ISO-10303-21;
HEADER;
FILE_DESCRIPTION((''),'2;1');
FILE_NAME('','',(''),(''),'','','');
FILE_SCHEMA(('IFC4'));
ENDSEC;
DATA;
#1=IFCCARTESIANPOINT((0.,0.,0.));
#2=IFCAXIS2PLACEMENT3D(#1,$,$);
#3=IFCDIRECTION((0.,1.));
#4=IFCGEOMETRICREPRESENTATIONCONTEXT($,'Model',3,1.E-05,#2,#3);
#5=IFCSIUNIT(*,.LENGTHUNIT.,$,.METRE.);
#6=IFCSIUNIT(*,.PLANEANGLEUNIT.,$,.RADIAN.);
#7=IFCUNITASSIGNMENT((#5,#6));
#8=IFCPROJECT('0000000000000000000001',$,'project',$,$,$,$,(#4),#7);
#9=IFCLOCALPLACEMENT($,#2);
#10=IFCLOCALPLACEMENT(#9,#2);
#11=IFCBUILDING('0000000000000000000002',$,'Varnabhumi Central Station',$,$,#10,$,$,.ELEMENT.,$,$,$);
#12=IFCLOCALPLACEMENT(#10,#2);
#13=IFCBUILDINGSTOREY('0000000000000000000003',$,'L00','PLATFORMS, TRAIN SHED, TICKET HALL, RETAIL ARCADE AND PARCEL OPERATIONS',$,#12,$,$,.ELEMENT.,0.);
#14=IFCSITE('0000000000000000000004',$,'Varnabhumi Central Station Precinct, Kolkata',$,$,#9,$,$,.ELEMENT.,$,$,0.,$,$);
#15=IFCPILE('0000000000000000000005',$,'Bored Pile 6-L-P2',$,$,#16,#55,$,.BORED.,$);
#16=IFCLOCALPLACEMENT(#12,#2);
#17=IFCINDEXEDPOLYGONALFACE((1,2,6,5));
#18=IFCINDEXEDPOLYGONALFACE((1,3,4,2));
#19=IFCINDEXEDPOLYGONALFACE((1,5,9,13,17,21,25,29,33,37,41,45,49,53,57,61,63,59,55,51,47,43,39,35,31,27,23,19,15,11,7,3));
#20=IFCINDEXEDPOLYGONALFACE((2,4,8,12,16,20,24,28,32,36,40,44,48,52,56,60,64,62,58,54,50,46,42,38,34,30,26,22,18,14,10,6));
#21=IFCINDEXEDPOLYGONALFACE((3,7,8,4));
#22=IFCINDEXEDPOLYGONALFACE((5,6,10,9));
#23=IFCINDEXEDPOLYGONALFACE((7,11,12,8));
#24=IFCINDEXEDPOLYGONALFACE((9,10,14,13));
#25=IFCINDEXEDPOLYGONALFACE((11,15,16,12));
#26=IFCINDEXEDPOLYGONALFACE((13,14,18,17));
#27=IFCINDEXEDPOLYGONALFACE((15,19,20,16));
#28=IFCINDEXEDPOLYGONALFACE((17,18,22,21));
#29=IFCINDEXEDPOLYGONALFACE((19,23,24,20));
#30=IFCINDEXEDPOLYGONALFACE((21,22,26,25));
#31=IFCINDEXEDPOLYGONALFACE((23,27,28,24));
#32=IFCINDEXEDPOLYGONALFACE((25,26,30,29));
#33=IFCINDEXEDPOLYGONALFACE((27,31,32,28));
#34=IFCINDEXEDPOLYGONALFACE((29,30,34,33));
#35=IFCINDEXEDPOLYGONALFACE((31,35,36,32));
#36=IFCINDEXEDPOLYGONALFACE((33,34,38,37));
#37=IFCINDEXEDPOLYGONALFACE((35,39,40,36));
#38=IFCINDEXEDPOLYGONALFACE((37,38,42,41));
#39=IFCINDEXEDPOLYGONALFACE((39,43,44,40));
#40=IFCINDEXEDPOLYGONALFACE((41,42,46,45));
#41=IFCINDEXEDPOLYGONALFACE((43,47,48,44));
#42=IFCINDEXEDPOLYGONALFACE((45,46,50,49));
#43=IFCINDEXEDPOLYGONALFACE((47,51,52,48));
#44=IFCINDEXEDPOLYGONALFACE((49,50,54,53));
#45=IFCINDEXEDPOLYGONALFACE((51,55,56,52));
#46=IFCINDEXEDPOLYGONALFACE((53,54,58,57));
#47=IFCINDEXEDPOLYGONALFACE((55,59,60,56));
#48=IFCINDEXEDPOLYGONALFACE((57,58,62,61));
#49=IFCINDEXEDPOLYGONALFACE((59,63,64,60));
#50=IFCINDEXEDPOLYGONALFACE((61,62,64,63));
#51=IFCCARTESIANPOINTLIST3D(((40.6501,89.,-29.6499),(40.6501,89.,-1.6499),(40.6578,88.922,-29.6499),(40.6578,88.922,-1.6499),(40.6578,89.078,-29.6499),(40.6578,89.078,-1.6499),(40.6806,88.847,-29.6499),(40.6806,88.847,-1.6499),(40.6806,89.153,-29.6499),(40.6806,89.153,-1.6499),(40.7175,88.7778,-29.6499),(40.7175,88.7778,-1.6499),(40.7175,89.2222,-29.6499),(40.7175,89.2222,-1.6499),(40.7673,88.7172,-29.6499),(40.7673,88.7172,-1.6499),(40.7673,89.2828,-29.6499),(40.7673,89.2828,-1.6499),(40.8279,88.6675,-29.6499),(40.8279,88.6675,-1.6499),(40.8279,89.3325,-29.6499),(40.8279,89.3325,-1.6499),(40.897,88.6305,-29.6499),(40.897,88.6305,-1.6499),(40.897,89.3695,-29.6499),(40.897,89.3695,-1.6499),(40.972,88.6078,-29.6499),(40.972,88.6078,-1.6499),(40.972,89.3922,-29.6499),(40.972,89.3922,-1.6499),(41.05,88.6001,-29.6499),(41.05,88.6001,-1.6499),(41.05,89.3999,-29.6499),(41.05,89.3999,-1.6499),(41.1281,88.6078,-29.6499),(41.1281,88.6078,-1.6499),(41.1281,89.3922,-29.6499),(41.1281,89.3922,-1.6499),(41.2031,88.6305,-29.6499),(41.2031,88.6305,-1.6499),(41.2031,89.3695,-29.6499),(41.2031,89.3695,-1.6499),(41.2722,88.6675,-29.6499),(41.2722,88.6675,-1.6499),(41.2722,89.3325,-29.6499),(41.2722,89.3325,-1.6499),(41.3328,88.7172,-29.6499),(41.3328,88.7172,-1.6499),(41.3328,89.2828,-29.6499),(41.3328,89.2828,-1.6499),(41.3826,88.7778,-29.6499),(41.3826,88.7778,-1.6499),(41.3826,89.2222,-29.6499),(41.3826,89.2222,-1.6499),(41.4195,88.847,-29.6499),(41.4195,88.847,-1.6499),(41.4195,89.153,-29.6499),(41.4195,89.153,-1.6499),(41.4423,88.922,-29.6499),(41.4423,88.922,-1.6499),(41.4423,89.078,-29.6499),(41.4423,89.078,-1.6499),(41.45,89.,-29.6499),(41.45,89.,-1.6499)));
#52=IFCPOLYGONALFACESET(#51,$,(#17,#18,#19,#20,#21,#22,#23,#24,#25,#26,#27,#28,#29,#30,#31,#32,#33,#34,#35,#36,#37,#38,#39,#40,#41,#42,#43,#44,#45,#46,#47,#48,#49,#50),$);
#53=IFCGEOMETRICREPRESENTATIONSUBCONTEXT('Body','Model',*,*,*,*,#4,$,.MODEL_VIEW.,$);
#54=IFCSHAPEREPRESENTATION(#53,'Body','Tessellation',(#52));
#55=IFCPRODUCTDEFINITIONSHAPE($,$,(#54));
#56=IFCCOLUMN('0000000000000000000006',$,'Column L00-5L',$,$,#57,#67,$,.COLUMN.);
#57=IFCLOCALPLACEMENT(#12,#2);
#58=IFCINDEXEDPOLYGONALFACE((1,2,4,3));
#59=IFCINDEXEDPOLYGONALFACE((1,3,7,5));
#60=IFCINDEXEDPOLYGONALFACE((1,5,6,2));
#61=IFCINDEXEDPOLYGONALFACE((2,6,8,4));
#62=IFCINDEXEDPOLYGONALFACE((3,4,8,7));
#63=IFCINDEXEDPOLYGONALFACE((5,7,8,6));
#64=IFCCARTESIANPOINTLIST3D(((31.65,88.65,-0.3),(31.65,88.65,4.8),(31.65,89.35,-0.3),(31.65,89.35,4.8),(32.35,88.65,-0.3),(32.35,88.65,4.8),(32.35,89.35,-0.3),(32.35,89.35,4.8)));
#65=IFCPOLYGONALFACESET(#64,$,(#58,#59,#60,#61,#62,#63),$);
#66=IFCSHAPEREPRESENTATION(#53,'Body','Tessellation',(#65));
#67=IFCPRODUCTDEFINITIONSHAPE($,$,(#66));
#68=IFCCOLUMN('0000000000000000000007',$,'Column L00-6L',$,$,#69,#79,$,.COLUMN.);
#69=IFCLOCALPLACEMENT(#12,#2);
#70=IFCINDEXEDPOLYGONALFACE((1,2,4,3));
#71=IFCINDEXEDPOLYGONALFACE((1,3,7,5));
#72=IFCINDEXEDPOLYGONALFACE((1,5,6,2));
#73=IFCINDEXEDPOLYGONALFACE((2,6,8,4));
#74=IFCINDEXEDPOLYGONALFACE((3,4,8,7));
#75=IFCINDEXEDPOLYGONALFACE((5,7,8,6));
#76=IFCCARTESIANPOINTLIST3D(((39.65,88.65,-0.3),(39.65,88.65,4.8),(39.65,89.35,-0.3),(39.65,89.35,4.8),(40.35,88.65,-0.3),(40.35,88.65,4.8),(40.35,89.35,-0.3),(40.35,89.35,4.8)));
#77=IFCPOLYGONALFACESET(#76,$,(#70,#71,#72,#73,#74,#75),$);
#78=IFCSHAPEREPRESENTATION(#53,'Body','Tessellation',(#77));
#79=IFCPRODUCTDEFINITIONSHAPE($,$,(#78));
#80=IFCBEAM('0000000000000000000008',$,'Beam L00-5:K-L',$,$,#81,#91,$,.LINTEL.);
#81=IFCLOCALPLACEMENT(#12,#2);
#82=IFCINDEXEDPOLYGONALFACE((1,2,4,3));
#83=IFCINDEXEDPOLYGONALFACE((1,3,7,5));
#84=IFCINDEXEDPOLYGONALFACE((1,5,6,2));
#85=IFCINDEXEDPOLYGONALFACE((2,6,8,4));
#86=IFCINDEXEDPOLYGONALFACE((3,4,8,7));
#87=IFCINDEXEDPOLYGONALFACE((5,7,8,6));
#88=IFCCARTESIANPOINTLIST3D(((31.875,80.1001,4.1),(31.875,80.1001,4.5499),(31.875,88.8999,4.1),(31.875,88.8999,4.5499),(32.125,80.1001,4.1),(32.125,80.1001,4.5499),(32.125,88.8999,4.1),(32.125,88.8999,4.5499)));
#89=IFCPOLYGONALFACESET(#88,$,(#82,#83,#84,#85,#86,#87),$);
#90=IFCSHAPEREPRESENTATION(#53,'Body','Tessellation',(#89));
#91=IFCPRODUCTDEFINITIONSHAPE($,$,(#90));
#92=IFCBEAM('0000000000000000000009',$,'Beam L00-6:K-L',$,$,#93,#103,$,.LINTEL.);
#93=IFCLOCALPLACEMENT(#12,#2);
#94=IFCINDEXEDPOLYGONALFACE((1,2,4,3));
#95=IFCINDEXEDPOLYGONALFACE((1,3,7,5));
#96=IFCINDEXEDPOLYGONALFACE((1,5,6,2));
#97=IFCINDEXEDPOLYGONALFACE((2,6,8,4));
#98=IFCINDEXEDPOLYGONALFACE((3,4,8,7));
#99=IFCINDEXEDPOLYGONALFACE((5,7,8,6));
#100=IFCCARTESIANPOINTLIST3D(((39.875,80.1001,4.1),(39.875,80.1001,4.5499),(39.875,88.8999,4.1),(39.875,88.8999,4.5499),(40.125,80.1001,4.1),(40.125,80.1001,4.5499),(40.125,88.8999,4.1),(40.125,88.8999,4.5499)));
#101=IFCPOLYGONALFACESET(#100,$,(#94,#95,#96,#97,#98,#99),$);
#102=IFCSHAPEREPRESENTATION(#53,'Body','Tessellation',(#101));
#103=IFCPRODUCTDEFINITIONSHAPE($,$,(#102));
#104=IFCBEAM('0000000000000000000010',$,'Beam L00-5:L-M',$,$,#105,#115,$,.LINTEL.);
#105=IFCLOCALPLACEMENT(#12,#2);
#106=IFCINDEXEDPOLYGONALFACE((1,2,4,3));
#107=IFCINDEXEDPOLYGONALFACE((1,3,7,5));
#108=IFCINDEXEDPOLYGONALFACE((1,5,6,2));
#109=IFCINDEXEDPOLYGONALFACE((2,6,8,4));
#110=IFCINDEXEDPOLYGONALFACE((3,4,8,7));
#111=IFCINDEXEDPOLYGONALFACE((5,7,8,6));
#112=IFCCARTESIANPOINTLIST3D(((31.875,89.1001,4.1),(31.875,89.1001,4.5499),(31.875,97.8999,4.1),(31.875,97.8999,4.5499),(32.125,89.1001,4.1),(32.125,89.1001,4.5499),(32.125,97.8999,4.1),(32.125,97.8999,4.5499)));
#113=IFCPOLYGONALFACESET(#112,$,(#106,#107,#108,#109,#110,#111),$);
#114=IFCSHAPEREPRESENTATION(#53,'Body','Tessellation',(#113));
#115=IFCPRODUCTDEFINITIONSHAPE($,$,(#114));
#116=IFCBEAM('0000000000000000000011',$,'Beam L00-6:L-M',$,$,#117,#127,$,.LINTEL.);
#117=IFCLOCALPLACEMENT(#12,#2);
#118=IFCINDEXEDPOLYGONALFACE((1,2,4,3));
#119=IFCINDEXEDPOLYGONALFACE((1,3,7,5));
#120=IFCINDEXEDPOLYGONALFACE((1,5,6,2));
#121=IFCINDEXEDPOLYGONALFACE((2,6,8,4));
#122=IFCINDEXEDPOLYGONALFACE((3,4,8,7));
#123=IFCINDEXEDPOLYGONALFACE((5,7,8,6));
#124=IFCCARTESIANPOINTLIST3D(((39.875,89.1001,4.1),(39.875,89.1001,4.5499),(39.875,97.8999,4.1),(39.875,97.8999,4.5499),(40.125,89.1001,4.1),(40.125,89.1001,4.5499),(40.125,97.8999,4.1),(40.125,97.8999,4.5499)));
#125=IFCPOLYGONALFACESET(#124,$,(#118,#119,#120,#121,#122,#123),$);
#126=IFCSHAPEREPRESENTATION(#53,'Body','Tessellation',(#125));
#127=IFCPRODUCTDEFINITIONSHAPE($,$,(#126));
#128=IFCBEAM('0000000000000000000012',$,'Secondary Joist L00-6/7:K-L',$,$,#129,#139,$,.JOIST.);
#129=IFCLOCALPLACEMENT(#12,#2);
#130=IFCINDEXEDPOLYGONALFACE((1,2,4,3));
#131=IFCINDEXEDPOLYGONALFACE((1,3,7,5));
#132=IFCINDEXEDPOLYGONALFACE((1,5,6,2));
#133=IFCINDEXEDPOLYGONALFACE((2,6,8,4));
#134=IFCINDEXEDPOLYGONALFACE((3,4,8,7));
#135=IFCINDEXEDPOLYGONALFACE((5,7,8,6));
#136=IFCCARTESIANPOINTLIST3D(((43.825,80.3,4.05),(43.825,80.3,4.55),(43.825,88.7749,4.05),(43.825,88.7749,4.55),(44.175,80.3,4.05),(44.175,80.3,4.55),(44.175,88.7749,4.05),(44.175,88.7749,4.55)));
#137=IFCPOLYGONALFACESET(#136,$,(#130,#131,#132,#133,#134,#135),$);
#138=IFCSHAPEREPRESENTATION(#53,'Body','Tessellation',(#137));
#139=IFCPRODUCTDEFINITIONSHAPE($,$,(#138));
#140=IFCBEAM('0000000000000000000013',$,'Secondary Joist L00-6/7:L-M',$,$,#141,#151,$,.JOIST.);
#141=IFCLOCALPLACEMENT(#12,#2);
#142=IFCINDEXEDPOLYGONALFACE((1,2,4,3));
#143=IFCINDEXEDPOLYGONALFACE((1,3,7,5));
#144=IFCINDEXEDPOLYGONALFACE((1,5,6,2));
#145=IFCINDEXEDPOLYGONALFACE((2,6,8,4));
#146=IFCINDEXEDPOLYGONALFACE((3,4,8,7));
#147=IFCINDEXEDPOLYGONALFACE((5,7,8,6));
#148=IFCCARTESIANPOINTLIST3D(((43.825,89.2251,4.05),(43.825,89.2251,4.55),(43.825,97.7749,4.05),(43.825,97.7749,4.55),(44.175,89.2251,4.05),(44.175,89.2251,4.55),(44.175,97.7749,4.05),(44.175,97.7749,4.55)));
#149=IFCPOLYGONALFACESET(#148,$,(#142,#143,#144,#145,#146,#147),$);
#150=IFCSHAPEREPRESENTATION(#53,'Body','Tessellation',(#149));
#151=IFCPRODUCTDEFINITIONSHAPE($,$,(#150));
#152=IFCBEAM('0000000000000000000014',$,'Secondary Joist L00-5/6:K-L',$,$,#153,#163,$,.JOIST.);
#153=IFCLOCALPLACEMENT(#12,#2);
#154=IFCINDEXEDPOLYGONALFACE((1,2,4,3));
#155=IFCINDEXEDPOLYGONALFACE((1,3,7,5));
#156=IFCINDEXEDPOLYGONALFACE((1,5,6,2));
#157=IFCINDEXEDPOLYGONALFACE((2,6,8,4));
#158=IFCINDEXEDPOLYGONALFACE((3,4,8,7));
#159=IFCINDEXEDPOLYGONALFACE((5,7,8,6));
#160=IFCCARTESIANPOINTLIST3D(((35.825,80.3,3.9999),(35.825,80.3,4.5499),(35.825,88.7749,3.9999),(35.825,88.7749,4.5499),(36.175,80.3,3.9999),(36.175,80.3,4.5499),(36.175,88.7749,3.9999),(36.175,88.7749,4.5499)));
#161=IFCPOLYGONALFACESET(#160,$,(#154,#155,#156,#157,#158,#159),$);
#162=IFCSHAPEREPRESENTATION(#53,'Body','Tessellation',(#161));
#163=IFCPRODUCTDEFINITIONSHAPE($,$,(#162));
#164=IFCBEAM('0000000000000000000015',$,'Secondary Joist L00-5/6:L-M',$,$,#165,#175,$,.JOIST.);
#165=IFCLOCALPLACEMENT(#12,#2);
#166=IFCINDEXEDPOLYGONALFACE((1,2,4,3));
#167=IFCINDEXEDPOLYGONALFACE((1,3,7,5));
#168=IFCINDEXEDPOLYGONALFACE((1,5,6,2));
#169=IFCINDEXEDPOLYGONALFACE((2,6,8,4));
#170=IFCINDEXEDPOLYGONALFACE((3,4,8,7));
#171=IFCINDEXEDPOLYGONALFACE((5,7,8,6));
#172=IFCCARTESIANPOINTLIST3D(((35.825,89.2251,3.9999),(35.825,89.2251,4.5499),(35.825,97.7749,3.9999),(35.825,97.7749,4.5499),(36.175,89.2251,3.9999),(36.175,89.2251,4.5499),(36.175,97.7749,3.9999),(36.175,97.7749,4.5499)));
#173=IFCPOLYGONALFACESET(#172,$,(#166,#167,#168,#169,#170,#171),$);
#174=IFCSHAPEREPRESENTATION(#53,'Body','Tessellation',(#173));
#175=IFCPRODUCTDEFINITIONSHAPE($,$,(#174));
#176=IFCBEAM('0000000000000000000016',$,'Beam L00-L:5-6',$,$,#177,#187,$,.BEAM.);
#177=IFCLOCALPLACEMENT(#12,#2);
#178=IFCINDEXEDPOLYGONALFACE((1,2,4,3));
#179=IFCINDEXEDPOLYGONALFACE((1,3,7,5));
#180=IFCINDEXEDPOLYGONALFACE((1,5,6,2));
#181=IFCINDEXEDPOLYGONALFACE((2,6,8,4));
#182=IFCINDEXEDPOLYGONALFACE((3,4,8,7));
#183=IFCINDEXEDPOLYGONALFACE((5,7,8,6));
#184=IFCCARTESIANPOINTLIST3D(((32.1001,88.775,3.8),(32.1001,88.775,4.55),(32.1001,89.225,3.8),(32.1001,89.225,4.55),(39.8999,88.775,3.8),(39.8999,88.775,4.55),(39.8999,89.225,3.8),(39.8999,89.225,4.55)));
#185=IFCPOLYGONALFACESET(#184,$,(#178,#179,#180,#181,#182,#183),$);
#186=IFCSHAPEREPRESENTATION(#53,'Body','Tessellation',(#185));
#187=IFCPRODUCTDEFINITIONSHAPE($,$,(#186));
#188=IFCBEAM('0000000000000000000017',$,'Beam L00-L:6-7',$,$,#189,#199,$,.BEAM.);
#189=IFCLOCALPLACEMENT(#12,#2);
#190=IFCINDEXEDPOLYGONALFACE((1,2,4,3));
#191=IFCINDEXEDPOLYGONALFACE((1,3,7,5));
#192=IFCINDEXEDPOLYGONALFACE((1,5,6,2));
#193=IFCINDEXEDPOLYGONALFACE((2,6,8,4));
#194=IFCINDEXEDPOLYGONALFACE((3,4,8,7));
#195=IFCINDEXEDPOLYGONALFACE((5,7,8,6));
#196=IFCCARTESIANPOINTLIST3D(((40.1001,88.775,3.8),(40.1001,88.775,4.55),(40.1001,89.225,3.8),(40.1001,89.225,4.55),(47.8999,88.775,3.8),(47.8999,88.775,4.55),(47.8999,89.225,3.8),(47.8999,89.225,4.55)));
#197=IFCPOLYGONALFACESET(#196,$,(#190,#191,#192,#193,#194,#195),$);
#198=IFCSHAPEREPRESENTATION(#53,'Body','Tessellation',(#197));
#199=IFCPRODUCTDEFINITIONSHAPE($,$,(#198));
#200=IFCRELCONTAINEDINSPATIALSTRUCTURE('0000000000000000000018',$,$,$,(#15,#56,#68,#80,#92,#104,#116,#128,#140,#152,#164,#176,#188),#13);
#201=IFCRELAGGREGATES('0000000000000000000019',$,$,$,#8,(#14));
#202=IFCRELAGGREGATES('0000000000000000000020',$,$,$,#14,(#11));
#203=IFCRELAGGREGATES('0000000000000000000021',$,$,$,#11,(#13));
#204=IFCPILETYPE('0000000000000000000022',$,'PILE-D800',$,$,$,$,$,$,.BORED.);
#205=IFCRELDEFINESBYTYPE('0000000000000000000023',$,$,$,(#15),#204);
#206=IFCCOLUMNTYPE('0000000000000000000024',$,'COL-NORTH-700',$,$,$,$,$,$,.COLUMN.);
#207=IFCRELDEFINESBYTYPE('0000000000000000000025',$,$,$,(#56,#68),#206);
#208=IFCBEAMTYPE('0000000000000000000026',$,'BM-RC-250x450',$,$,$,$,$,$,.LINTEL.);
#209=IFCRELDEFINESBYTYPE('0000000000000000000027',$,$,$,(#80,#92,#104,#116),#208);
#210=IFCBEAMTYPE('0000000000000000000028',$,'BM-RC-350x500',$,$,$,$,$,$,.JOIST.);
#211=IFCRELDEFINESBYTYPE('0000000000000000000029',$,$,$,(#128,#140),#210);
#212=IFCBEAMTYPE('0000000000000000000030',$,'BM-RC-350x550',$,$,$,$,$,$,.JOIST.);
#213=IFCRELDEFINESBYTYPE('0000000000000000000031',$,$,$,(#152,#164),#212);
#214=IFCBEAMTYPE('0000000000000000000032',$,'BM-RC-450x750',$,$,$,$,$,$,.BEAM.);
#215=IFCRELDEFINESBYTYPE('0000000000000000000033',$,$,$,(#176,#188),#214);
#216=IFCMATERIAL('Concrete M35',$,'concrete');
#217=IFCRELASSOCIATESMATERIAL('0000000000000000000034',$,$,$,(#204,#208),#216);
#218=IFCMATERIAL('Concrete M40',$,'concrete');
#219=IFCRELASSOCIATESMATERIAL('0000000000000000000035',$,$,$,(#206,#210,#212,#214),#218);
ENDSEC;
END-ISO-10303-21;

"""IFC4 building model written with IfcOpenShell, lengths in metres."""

from ifc_helpers import new_model, si_unit, direction, frame, origin, origin_2d, place, context, subcontext, project, spatial, rectangle, circle, extrude, material, material_profile, profile_set, type_object, element, save


model = new_model("IFC4")

# Units and contexts
model_context = context("Model", 3, precision=1e-05, world=origin(), true_north=direction((0.0, 1.0)))
body_context = subcontext(model_context, "Body", "Model", "MODEL_VIEW")
ifc_project = project(units=[si_unit("LENGTHUNIT", "METRE"), si_unit("PLANEANGLEUNIT", "RADIAN")], contexts=[model_context])

# Site, building, storey
site_placement = place(None, origin())
site = spatial("IfcSite", under=ifc_project, at=site_placement, Name="Varnabhumi Central Station Precinct, Kolkata", CompositionType="ELEMENT", RefElevation=0.0)
building_placement = place(site_placement, origin())
building = spatial("IfcBuilding", under=site, at=building_placement, Name="Varnabhumi Central Station", CompositionType="ELEMENT")
storey_placement = place(building_placement, origin())
storey = spatial("IfcBuildingStorey", under=building, at=storey_placement, Name="L00", Description="PLATFORMS, TRAIN SHED, TICKET HALL, RETAIL ARCADE AND PARCEL OPERATIONS", CompositionType="ELEMENT", Elevation=0.0)

# Shared definitions
ifc_material_1 = material(Name="Concrete M40", Category="concrete")

# Pile
ifc_material_2 = material(Name="Concrete M35", Category="concrete")
ifc_material_profile_1 = material_profile(ifc_material_2, circle(Radius=0.3999, at=origin_2d()), Name="Concrete M35", Category="concrete")
ifc_profile_set_1 = profile_set([ifc_material_profile_1], Name="Concrete M35")
pile_type_1 = type_object("IfcPileType", Name="PILE-D800", PredefinedType="BORED", material=ifc_profile_set_1)
for number, where, z_axis, x_axis, name in (
    (1, (41.05, 89.0, -1.6499), (0.0, 0.0, -1.0), (1.0, 0.0, 0.0), "Bored Pile 6-L-P2"),
):
    element("IfcPile", number, at=place(storey_placement, frame(where, z_axis=z_axis, x_axis=x_axis)), inside=storey, type_object=pile_type_1, Name=name, PredefinedType="BORED", context=body_context, shape_type="SweptSolid", body=[
        extrude(circle(Radius=0.3999, at=origin_2d()), origin(), (0.0, 0.0, 1.0), 28.0),
    ])

# Columns
ifc_material_profile_2 = material_profile(ifc_material_1, rectangle(XDim=0.7, YDim=0.7, at=origin_2d()), Name="Concrete M40", Category="concrete")
ifc_profile_set_2 = profile_set([ifc_material_profile_2], Name="Concrete M40")
column_type = type_object("IfcColumnType", Name="COL-NORTH-700", PredefinedType="COLUMN", material=ifc_profile_set_2)
for number, where, z_axis, x_axis, name in (
    (2, (32.0, 89.0, -0.3), (0.0, 0.0, 1.0), (1.0, 0.0, 0.0), "Column L00-5L"),
    (3, (40.0, 89.0, -0.3), (0.0, 0.0, 1.0), (1.0, 0.0, 0.0), "Column L00-6L"),
):
    element("IfcColumn", number, at=place(storey_placement, frame(where, z_axis=z_axis, x_axis=x_axis)), inside=storey, type_object=column_type, Name=name, PredefinedType="COLUMN", context=body_context, shape_type="SweptSolid", body=[
        extrude(rectangle(XDim=0.7, YDim=0.7, at=origin_2d()), origin(), (0.0, 0.0, 1.0), 5.1001),
    ])

# Beams
ifc_material_profile_3 = material_profile(ifc_material_2, rectangle(XDim=0.25, YDim=0.45, at=origin_2d()), Name="Concrete M35", Category="concrete")
ifc_profile_set_3 = profile_set([ifc_material_profile_3], Name="Concrete M35")
beam_type_1 = type_object("IfcBeamType", Name="BM-RC-250x450", PredefinedType="LINTEL", material=ifc_profile_set_3)
for number, where, z_axis, x_axis, name in (
    (4, (32.0, 80.1001, 4.325), (0.0, 1.0, 0.0), (-1.0, 0.0, 0.0), "Beam L00-5:K-L"),
    (5, (40.0, 80.1001, 4.325), (0.0, 1.0, 0.0), (-1.0, 0.0, 0.0), "Beam L00-6:K-L"),
    (6, (32.0, 89.1001, 4.325), (0.0, 1.0, 0.0), (-1.0, 0.0, 0.0), "Beam L00-5:L-M"),
    (7, (40.0, 89.1001, 4.325), (0.0, 1.0, 0.0), (-1.0, 0.0, 0.0), "Beam L00-6:L-M"),
):
    element("IfcBeam", number, at=place(storey_placement, frame(where, z_axis=z_axis, x_axis=x_axis)), inside=storey, type_object=beam_type_1, Name=name, PredefinedType="LINTEL", context=body_context, shape_type="SweptSolid", body=[
        extrude(rectangle(XDim=0.25, YDim=0.45, at=origin_2d()), origin(), (0.0, 0.0, 1.0), 8.7998),
    ])
ifc_material_profile_4 = material_profile(ifc_material_1, rectangle(XDim=0.3501, YDim=0.5, at=origin_2d()), Name="Concrete M40", Category="concrete")
ifc_profile_set_4 = profile_set([ifc_material_profile_4], Name="Concrete M40")
beam_type_2 = type_object("IfcBeamType", Name="BM-RC-350x500", PredefinedType="JOIST", material=ifc_profile_set_4)
beam_1_placement = place(storey_placement, frame((44.0, 80.3, 4.3), z_axis=(0.0, 1.0, 0.0), x_axis=(-1.0, 0.0, 0.0)))
element("IfcBeam", 8, at=beam_1_placement, inside=storey, type_object=beam_type_2, Name="Secondary Joist L00-6/7:K-L", PredefinedType="JOIST", context=body_context, shape_type="SweptSolid", body=[
    extrude(rectangle(XDim=0.3501, YDim=0.5, at=origin_2d()), origin(), (0.0, 0.0, 1.0), 8.4749),
])
beam_2_placement = place(storey_placement, frame((44.0, 89.2251, 4.3), z_axis=(0.0, 1.0, 0.0), x_axis=(-1.0, 0.0, 0.0)))
element("IfcBeam", 9, at=beam_2_placement, inside=storey, type_object=beam_type_2, Name="Secondary Joist L00-6/7:L-M", PredefinedType="JOIST", context=body_context, shape_type="SweptSolid", body=[
    extrude(rectangle(XDim=0.3501, YDim=0.5, at=origin_2d()), origin(), (0.0, 0.0, 1.0), 8.5498),
])
ifc_material_profile_5 = material_profile(ifc_material_1, rectangle(XDim=0.3501, YDim=0.55, at=origin_2d()), Name="Concrete M40", Category="concrete")
ifc_profile_set_5 = profile_set([ifc_material_profile_5], Name="Concrete M40")
beam_type_3 = type_object("IfcBeamType", Name="BM-RC-350x550", PredefinedType="JOIST", material=ifc_profile_set_5)
beam_3_placement = place(storey_placement, frame((36.0, 80.3, 4.2749), z_axis=(0.0, 1.0, 0.0), x_axis=(-1.0, 0.0, 0.0)))
element("IfcBeam", 10, at=beam_3_placement, inside=storey, type_object=beam_type_3, Name="Secondary Joist L00-5/6:K-L", PredefinedType="JOIST", context=body_context, shape_type="SweptSolid", body=[
    extrude(rectangle(XDim=0.3501, YDim=0.55, at=origin_2d()), origin(), (0.0, 0.0, 1.0), 8.4749),
])
beam_4_placement = place(storey_placement, frame((36.0, 89.2251, 4.2749), z_axis=(0.0, 1.0, 0.0), x_axis=(-1.0, 0.0, 0.0)))
element("IfcBeam", 11, at=beam_4_placement, inside=storey, type_object=beam_type_3, Name="Secondary Joist L00-5/6:L-M", PredefinedType="JOIST", context=body_context, shape_type="SweptSolid", body=[
    extrude(rectangle(XDim=0.3501, YDim=0.55, at=origin_2d()), origin(), (0.0, 0.0, 1.0), 8.5498),
])
ifc_material_profile_6 = material_profile(ifc_material_1, rectangle(XDim=0.45, YDim=0.75, at=origin_2d()), Name="Concrete M40", Category="concrete")
ifc_profile_set_6 = profile_set([ifc_material_profile_6], Name="Concrete M40")
beam_type_4 = type_object("IfcBeamType", Name="BM-RC-450x750", PredefinedType="BEAM", material=ifc_profile_set_6)
for number, where, z_axis, x_axis, name in (
    (12, (32.1001, 89.0, 4.175), (1.0, 0.0, 0.0), (0.0, 1.0, 0.0), "Beam L00-L:5-6"),
    (13, (40.1001, 89.0, 4.175), (1.0, 0.0, 0.0), (0.0, 1.0, 0.0), "Beam L00-L:6-7"),
):
    element("IfcBeam", number, at=place(storey_placement, frame(where, z_axis=z_axis, x_axis=x_axis)), inside=storey, type_object=beam_type_4, Name=name, PredefinedType="BEAM", context=body_context, shape_type="SweptSolid", body=[
        extrude(rectangle(XDim=0.45, YDim=0.75, at=origin_2d()), origin(), (0.0, 0.0, 1.0), 7.7998),
    ])

save(model, "model.ifc")
